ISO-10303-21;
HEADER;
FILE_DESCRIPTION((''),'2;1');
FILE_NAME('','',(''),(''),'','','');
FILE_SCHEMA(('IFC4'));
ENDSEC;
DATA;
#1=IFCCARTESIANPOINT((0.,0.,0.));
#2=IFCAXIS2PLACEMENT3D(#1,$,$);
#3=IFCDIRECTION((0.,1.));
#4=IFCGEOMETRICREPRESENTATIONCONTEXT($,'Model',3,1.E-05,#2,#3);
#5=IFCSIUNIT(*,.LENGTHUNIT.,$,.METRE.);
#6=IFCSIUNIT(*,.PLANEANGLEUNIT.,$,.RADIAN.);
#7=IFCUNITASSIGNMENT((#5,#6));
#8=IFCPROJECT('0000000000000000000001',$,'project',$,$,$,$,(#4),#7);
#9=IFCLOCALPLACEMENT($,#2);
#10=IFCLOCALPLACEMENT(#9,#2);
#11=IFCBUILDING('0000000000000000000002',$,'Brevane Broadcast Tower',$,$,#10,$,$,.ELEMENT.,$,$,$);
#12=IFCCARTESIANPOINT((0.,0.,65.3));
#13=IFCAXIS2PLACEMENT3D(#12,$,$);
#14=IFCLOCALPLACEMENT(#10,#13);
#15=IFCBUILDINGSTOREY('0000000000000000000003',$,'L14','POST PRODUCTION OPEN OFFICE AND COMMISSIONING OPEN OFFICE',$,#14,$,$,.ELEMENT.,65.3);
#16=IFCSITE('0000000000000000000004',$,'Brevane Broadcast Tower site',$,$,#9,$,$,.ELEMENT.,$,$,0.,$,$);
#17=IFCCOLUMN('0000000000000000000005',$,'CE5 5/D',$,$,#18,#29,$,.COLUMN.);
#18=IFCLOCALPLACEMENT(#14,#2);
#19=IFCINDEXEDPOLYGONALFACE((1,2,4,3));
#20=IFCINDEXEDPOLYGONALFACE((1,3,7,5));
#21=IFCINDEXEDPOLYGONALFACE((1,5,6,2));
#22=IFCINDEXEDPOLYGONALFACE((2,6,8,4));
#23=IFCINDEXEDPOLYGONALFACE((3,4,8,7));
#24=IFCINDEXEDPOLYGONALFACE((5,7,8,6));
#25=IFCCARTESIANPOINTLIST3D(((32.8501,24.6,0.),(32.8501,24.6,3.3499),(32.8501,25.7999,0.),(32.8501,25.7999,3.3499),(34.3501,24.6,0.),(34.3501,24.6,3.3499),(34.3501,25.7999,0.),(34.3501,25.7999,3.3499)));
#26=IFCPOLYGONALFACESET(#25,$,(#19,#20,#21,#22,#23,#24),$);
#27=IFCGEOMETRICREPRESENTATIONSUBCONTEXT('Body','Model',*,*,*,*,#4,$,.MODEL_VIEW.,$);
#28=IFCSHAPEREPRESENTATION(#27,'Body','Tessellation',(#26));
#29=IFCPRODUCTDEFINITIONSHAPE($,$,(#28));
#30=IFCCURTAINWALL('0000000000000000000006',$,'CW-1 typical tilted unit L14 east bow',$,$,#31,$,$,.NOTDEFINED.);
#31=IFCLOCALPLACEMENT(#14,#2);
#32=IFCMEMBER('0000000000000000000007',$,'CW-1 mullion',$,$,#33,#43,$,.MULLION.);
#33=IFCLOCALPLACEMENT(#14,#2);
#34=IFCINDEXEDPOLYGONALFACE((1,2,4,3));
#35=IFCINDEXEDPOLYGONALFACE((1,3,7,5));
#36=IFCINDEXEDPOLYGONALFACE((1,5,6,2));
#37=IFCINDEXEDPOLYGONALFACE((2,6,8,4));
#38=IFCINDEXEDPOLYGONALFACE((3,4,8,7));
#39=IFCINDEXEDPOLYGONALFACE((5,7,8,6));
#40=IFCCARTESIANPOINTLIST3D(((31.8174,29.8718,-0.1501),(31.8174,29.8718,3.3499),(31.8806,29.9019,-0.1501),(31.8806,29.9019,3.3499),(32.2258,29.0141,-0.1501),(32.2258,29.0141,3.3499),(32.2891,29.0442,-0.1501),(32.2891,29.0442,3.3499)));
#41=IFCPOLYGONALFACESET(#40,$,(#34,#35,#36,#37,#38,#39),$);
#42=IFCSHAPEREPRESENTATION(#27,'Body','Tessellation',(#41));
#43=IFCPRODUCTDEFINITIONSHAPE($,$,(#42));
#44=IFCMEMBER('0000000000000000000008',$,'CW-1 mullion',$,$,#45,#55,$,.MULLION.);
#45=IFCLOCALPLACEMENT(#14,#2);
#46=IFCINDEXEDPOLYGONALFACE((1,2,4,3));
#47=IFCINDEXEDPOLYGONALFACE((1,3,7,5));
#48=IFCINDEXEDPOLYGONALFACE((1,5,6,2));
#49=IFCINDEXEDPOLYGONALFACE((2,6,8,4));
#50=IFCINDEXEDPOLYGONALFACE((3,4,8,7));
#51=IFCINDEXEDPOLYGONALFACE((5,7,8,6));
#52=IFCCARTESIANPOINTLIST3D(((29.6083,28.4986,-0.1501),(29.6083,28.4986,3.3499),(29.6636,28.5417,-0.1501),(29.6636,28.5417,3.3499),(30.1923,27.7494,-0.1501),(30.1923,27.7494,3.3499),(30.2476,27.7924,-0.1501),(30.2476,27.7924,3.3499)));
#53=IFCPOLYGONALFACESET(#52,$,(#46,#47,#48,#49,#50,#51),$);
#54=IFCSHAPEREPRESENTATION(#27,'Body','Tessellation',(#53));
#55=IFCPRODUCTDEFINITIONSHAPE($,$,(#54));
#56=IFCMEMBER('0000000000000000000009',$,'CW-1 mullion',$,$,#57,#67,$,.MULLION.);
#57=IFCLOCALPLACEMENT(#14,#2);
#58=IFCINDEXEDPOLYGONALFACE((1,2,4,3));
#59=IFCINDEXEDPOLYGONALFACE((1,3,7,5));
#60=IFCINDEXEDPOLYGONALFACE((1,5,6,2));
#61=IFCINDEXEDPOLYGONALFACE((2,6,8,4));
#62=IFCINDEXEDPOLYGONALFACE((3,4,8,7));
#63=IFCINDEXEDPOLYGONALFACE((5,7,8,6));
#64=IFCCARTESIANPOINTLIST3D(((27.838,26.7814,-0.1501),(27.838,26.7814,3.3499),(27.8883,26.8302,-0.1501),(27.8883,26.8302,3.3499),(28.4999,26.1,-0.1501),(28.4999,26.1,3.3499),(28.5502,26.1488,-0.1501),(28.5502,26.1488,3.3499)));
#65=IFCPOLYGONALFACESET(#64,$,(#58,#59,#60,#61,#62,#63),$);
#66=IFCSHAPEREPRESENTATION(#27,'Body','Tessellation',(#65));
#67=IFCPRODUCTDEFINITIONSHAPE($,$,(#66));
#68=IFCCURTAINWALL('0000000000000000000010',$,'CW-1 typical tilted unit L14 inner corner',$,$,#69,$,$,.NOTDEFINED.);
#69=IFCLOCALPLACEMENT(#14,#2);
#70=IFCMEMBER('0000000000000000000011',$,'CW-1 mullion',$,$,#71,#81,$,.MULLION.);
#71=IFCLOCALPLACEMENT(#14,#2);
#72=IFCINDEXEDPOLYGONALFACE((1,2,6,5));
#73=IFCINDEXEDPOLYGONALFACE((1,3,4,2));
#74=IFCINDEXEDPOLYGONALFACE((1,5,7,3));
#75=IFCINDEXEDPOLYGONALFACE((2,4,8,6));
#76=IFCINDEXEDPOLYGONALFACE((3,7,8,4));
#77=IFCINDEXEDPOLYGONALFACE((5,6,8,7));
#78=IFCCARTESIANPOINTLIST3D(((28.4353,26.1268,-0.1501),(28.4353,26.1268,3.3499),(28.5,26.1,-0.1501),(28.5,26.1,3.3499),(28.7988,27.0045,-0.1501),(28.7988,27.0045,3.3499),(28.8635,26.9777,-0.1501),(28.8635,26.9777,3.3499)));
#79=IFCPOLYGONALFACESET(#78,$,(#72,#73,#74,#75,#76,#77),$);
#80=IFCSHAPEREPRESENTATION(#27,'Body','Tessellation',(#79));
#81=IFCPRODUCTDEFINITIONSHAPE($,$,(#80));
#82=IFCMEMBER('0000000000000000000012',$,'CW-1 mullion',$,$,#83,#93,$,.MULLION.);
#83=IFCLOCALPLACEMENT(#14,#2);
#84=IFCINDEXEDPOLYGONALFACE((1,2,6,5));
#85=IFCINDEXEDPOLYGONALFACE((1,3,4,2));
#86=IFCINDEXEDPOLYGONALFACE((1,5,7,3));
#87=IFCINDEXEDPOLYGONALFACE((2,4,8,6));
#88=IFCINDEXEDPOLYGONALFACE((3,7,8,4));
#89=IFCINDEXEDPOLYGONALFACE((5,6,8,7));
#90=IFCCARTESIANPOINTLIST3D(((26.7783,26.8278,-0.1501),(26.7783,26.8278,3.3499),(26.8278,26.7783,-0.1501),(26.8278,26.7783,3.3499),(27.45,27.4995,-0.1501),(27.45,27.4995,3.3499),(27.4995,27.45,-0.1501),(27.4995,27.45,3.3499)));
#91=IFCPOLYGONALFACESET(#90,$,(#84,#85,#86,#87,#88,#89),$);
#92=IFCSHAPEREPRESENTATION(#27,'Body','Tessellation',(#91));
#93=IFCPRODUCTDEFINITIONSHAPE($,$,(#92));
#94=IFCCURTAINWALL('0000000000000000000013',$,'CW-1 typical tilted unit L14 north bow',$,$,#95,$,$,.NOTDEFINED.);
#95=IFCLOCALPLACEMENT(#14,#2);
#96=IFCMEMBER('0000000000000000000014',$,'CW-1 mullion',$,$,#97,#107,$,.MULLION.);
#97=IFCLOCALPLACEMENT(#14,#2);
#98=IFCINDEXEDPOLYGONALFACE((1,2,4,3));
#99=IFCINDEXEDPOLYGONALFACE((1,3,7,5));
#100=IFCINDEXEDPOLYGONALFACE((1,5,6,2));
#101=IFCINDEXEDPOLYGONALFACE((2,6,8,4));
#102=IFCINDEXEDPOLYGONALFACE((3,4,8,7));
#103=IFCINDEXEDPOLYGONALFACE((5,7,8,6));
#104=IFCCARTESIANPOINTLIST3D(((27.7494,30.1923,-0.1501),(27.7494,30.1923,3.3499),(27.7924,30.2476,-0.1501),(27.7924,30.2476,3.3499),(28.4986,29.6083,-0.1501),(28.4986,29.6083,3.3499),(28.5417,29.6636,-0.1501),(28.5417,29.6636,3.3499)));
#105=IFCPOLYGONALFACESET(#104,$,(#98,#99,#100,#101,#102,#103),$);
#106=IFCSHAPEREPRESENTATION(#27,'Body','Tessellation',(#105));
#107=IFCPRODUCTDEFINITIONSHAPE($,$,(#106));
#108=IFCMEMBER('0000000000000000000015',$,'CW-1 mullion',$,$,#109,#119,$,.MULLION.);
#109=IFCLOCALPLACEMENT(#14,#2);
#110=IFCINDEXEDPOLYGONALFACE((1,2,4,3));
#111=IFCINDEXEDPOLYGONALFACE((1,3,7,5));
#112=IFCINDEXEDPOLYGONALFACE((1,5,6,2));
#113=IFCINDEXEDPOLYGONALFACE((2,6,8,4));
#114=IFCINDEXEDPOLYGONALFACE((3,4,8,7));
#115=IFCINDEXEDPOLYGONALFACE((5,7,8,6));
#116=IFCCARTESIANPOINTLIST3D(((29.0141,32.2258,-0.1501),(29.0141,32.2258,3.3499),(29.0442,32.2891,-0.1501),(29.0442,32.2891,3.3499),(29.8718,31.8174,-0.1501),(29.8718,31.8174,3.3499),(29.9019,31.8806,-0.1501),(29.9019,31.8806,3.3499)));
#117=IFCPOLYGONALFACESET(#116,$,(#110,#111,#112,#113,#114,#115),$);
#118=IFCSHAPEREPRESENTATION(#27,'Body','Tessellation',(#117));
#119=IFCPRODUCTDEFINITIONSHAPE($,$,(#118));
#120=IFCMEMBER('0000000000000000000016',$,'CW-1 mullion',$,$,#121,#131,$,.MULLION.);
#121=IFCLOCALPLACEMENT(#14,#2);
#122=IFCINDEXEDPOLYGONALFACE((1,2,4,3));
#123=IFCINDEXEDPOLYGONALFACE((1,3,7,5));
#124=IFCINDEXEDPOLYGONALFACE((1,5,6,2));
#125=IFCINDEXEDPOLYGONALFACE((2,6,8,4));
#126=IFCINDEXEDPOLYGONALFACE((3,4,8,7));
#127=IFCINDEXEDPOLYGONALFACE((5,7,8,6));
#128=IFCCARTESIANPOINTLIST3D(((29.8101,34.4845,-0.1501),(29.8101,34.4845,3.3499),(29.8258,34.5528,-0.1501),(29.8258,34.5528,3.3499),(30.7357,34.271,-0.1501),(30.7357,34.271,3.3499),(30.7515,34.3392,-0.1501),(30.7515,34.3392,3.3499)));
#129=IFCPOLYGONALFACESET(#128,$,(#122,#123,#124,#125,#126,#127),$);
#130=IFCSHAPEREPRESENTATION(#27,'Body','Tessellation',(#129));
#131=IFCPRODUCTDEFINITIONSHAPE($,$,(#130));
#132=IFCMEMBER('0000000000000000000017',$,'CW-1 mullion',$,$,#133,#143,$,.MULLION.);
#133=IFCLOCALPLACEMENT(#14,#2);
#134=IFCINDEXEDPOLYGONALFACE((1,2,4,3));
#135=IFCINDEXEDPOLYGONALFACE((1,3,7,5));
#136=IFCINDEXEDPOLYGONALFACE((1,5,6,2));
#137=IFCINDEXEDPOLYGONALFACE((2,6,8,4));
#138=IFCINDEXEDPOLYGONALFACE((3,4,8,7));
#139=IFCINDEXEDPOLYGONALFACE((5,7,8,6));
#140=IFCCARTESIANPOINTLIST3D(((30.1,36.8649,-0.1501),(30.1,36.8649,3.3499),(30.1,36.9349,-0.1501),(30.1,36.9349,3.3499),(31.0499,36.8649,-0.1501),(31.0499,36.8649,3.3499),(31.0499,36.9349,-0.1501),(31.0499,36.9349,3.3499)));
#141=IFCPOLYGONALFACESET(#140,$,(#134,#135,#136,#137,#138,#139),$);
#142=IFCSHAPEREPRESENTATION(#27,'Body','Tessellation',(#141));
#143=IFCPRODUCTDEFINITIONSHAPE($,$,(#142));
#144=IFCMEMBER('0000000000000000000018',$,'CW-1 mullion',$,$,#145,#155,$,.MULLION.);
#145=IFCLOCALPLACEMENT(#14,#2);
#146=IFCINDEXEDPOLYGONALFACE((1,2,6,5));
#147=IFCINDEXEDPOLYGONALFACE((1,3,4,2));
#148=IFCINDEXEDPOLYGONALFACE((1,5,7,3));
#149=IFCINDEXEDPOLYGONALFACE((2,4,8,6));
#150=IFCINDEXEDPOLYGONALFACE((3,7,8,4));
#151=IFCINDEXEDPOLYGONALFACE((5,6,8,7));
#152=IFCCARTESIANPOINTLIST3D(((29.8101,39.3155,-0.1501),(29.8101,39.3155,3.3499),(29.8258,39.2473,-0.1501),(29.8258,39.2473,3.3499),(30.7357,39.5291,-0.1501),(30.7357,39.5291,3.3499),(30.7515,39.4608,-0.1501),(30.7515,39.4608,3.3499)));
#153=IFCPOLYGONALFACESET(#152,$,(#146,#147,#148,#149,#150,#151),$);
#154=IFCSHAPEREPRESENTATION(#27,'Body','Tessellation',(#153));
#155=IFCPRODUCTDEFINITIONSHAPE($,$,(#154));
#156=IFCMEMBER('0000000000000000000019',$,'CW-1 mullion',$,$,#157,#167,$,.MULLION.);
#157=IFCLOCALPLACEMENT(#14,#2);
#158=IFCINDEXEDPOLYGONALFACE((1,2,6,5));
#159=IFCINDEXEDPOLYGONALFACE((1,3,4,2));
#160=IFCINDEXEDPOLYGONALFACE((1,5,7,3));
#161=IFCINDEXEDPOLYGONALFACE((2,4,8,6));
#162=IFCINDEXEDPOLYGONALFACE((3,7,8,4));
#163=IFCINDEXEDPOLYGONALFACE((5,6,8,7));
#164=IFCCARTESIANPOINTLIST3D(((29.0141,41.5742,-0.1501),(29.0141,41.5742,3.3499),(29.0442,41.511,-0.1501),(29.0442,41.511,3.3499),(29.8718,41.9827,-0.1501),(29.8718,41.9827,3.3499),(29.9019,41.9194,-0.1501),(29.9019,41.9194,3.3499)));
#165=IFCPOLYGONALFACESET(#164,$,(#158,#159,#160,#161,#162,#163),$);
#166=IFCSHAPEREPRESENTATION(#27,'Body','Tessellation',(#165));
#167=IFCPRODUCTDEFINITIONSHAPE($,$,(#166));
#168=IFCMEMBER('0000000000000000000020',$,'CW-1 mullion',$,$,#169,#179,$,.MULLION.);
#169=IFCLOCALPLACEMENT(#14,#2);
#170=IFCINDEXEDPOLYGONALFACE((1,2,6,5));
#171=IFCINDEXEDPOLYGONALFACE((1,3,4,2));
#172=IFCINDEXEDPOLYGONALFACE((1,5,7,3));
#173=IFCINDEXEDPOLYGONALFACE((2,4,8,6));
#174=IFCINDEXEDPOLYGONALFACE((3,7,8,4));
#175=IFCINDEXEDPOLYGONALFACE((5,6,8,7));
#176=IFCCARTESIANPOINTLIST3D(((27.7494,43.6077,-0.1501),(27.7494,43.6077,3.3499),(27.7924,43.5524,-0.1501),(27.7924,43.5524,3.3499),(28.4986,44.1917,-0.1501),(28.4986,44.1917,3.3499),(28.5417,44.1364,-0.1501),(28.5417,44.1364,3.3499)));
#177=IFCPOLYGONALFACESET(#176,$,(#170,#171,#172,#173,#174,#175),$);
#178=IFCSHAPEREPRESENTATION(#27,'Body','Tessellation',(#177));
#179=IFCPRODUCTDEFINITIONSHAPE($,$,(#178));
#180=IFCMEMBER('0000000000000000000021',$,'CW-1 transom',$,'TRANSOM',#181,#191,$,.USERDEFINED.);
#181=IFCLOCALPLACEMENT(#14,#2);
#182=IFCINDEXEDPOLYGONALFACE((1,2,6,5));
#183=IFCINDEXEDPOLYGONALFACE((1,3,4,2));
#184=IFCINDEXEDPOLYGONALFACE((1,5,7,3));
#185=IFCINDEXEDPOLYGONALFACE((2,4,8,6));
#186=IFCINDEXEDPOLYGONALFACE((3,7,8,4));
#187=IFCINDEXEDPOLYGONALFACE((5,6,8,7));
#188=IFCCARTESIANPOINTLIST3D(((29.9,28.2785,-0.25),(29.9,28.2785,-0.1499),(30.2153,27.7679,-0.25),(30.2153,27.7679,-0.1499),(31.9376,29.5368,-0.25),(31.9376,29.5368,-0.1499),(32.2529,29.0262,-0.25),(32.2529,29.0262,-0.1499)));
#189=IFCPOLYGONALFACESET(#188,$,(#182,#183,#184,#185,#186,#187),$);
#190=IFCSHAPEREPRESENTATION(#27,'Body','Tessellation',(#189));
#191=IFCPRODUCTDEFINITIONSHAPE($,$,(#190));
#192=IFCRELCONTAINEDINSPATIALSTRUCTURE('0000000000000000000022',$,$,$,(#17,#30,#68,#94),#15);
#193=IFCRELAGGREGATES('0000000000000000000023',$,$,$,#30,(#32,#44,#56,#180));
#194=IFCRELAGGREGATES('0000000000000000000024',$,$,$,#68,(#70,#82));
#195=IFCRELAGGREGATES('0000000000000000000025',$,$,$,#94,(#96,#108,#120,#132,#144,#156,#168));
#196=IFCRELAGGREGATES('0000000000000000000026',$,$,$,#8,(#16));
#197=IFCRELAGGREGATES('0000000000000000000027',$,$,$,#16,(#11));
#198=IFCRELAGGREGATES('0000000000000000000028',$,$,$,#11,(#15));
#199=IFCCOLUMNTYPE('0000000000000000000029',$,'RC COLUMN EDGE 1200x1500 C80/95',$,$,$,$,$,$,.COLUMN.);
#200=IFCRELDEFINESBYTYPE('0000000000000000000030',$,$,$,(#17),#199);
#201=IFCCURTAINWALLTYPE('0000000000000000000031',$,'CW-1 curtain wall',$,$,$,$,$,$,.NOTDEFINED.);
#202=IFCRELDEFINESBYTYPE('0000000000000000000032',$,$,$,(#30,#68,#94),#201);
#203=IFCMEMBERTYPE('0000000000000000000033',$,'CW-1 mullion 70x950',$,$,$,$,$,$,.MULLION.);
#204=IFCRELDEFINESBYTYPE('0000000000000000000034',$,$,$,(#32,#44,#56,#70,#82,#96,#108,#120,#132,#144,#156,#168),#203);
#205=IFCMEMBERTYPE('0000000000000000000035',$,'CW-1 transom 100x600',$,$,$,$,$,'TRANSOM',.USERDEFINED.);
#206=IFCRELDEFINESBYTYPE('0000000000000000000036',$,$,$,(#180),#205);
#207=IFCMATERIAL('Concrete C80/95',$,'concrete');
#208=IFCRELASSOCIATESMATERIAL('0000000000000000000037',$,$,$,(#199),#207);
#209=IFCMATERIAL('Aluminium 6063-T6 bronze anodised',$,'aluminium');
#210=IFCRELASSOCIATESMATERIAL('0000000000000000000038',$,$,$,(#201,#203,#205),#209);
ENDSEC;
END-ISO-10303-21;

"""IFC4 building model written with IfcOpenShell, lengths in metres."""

from ifc_helpers import new_model, si_unit, direction, frame, origin, origin_2d, place, context, subcontext, project, spatial, rectangle, extrude, material, material_profile, profile_set, type_object, element, aggregate, save


model = new_model("IFC4")

# Units and contexts
model_context = context("Model", 3, precision=1e-05, world=origin(), true_north=direction((0.0, 1.0)))
body_context = subcontext(model_context, "Body", "Model", "MODEL_VIEW")
ifc_project = project(units=[si_unit("LENGTHUNIT", "METRE"), si_unit("PLANEANGLEUNIT", "RADIAN")], contexts=[model_context])

# Site, building, storey
site_placement = place(None, origin())
site = spatial("IfcSite", under=ifc_project, at=site_placement, Name="Brevane Broadcast Tower site", CompositionType="ELEMENT", RefElevation=0.0)
building_placement = place(site_placement, origin())
building = spatial("IfcBuilding", under=site, at=building_placement, Name="Brevane Broadcast Tower", CompositionType="ELEMENT")
storey_placement = place(building_placement, frame((0.0, 0.0, 65.3)))
storey = spatial("IfcBuildingStorey", under=building, at=storey_placement, Name="L14", Description="POST PRODUCTION OPEN OFFICE AND COMMISSIONING OPEN OFFICE", CompositionType="ELEMENT", Elevation=65.3)

# Column
ifc_material_1 = material(Name="Concrete C80/95", Category="concrete")
ifc_material_profile_1 = material_profile(ifc_material_1, rectangle(XDim=1.2, YDim=1.5, at=origin_2d()), Name="RC 1200x1500")
ifc_profile_set_1 = profile_set([ifc_material_profile_1], Name="Concrete C80/95")
column_type = type_object("IfcColumnType", Name="RC COLUMN EDGE 1200x1500 C80/95", PredefinedType="COLUMN", material=ifc_profile_set_1)
column_placement = place(storey_placement, frame((33.6001, 25.2, 0.0), z_axis=(0.0, 0.0, 1.0), x_axis=(0.0, 1.0, 0.0)))
element("IfcColumn", 1, at=column_placement, inside=storey, type_object=column_type, Name="CE5 5/D", PredefinedType="COLUMN", context=body_context, shape_type="SweptSolid", body=[
    extrude(rectangle(XDim=1.2, YDim=1.5, at=origin_2d()), origin(), (0.0, 0.0, 1.0), 3.3499),
])

# Curtain walls, members
ifc_material_2 = material(Name="Aluminium 6063-T6 bronze anodised", Category="aluminium")
curtain_wall_type = type_object("IfcCurtainWallType", Name="CW-1 curtain wall", PredefinedType="NOTDEFINED", material=ifc_material_2)
curtain_wall_1_placement = place(storey_placement, origin())
curtain_wall_1 = element("IfcCurtainWall", 2, at=curtain_wall_1_placement, inside=storey, type_object=curtain_wall_type, Name="CW-1 typical tilted unit L14 east bow", PredefinedType="NOTDEFINED")
ifc_material_profile_2 = material_profile(ifc_material_2, rectangle(XDim=0.95, YDim=0.0701, at=origin_2d()), Name="RECT 70x950")
ifc_profile_set_2 = profile_set([ifc_material_profile_2], Name="Aluminium 6063-T6 bronze anodised")
member_type_1 = type_object("IfcMemberType", Name="CW-1 mullion 70x950", PredefinedType="MULLION", material=ifc_profile_set_2)
member_1_placement = place(storey_placement, frame((32.0532, 29.458, -0.1501), z_axis=(0.0, 0.0, 1.0), x_axis=(0.429934, -0.902861, 0.0)))
member_1 = element("IfcMember", 3, at=member_1_placement, type_object=member_type_1, Name="CW-1 mullion", PredefinedType="MULLION", context=body_context, shape_type="SweptSolid", body=[
    extrude(rectangle(XDim=0.95, YDim=0.0701, at=origin_2d()), origin(), (0.0, 0.0, 1.0), 3.5),
])
member_2_placement = place(storey_placement, frame((29.928, 28.1455, -0.1501), z_axis=(0.0, 0.0, 1.0), x_axis=(0.61477, -0.788707, 0.0)))
member_2 = element("IfcMember", 4, at=member_2_placement, type_object=member_type_1, Name="CW-1 mullion", PredefinedType="MULLION", context=body_context, shape_type="SweptSolid", body=[
    extrude(rectangle(XDim=0.95, YDim=0.0701, at=origin_2d()), origin(), (0.0, 0.0, 1.0), 3.5),
])
member_3_placement = place(storey_placement, frame((28.1941, 26.4651, -0.1501), z_axis=(0.0, 0.0, 1.0), x_axis=(0.696812, -0.717254, 0.0)))
member_3 = element("IfcMember", 5, at=member_3_placement, type_object=member_type_1, Name="CW-1 mullion", PredefinedType="MULLION", context=body_context, shape_type="SweptSolid", body=[
    extrude(rectangle(XDim=0.95, YDim=0.0701, at=origin_2d()), origin(), (0.0, 0.0, 1.0), 3.5),
])
curtain_wall_2_placement = place(storey_placement, origin())
curtain_wall_2 = element("IfcCurtainWall", 6, at=curtain_wall_2_placement, inside=storey, type_object=curtain_wall_type, Name="CW-1 typical tilted unit L14 inner corner", PredefinedType="NOTDEFINED")
member_4_placement = place(storey_placement, frame((28.6494, 26.5522, -0.1501), z_axis=(0.0, 0.0, 1.0), x_axis=(-0.382684, -0.923879, 0.0)))
member_4 = element("IfcMember", 7, at=member_4_placement, type_object=member_type_1, Name="CW-1 mullion", PredefinedType="MULLION", context=body_context, shape_type="SweptSolid", body=[
    extrude(rectangle(XDim=0.95, YDim=0.0701, at=origin_2d()), origin(), (0.0, 0.0, 1.0), 3.5),
])
member_5_placement = place(storey_placement, frame((27.1389, 27.1389, -0.1501), z_axis=(0.0, 0.0, 1.0), x_axis=(-0.707107, -0.707107, 0.0)))
member_5 = element("IfcMember", 8, at=member_5_placement, type_object=member_type_1, Name="CW-1 mullion", PredefinedType="MULLION", context=body_context, shape_type="SweptSolid", body=[
    extrude(rectangle(XDim=0.95, YDim=0.0701, at=origin_2d()), origin(), (0.0, 0.0, 1.0), 3.5),
])
curtain_wall_3_placement = place(storey_placement, origin())
curtain_wall_3 = element("IfcCurtainWall", 9, at=curtain_wall_3_placement, inside=storey, type_object=curtain_wall_type, Name="CW-1 typical tilted unit L14 north bow", PredefinedType="NOTDEFINED")
member_6_placement = place(storey_placement, frame((28.1455, 29.928, -0.1501), z_axis=(0.0, 0.0, 1.0), x_axis=(-0.788707, 0.61477, 0.0)))
member_6 = element("IfcMember", 10, at=member_6_placement, type_object=member_type_1, Name="CW-1 mullion", PredefinedType="MULLION", context=body_context, shape_type="SweptSolid", body=[
    extrude(rectangle(XDim=0.95, YDim=0.0701, at=origin_2d()), origin(), (0.0, 0.0, 1.0), 3.5),
])
member_7_placement = place(storey_placement, frame((29.458, 32.0532, -0.1501), z_axis=(0.0, 0.0, 1.0), x_axis=(-0.902861, 0.429934, 0.0)))
member_7 = element("IfcMember", 11, at=member_7_placement, type_object=member_type_1, Name="CW-1 mullion", PredefinedType="MULLION", context=body_context, shape_type="SweptSolid", body=[
    extrude(rectangle(XDim=0.95, YDim=0.0701, at=origin_2d()), origin(), (0.0, 0.0, 1.0), 3.5),
])
member_8_placement = place(storey_placement, frame((30.2808, 34.4119, -0.1501), z_axis=(0.0, 0.0, 1.0), x_axis=(-0.974403, 0.224806, 0.0)))
member_8 = element("IfcMember", 12, at=member_8_placement, type_object=member_type_1, Name="CW-1 mullion", PredefinedType="MULLION", context=body_context, shape_type="SweptSolid", body=[
    extrude(rectangle(XDim=0.95, YDim=0.0701, at=origin_2d()), origin(), (0.0, 0.0, 1.0), 3.5),
])
member_9_placement = place(storey_placement, frame((30.575, 36.8999, -0.1501), z_axis=(0.0, 0.0, 1.0), x_axis=(-1.0, 0.0, 0.0)))
member_9 = element("IfcMember", 13, at=member_9_placement, type_object=member_type_1, Name="CW-1 mullion", PredefinedType="MULLION", context=body_context, shape_type="SweptSolid", body=[
    extrude(rectangle(XDim=0.95, YDim=0.0701, at=origin_2d()), origin(), (0.0, 0.0, 1.0), 3.5),
])
member_10_placement = place(storey_placement, frame((30.2808, 39.3882, -0.1501), z_axis=(0.0, 0.0, 1.0), x_axis=(-0.974403, -0.224806, 0.0)))
member_10 = element("IfcMember", 14, at=member_10_placement, type_object=member_type_1, Name="CW-1 mullion", PredefinedType="MULLION", context=body_context, shape_type="SweptSolid", body=[
    extrude(rectangle(XDim=0.95, YDim=0.0701, at=origin_2d()), origin(), (0.0, 0.0, 1.0), 3.5),
])
member_11_placement = place(storey_placement, frame((29.458, 41.7468, -0.1501), z_axis=(0.0, 0.0, 1.0), x_axis=(-0.902861, -0.429934, 0.0)))
member_11 = element("IfcMember", 15, at=member_11_placement, type_object=member_type_1, Name="CW-1 mullion", PredefinedType="MULLION", context=body_context, shape_type="SweptSolid", body=[
    extrude(rectangle(XDim=0.95, YDim=0.0701, at=origin_2d()), origin(), (0.0, 0.0, 1.0), 3.5),
])
member_12_placement = place(storey_placement, frame((28.1455, 43.8721, -0.1501), z_axis=(0.0, 0.0, 1.0), x_axis=(-0.788707, -0.61477, 0.0)))
member_12 = element("IfcMember", 16, at=member_12_placement, type_object=member_type_1, Name="CW-1 mullion", PredefinedType="MULLION", context=body_context, shape_type="SweptSolid", body=[
    extrude(rectangle(XDim=0.95, YDim=0.0701, at=origin_2d()), origin(), (0.0, 0.0, 1.0), 3.5),
])

# Member
ifc_material_profile_3 = material_profile(ifc_material_2, rectangle(XDim=0.6001, YDim=0.1001, at=origin_2d()), Name="RECT 100x600")
ifc_profile_set_3 = profile_set([ifc_material_profile_3], Name="Aluminium 6063-T6 bronze anodised")
member_type_2 = type_object("IfcMemberType", Name="CW-1 transom 100x600", ElementType="TRANSOM", PredefinedType="USERDEFINED", material=ifc_profile_set_3)
member_13_placement = place(storey_placement, frame((32.0952, 29.2815, -0.2), z_axis=(-0.850838, -0.525428, 0.0), x_axis=(0.525428, -0.850838, 0.0)))
member_13 = element("IfcMember", 17, at=member_13_placement, type_object=member_type_2, Name="CW-1 transom", ObjectType="TRANSOM", PredefinedType="USERDEFINED", context=body_context, shape_type="SweptSolid", body=[
    extrude(rectangle(XDim=0.6001, YDim=0.1001, at=origin_2d()), origin(), (0.0, 0.0, 1.0), 2.3948),
])
aggregate(curtain_wall_1, [member_1, member_2, member_3, member_13])
aggregate(curtain_wall_2, [member_4, member_5])
aggregate(curtain_wall_3, [member_6, member_7, member_8, member_9, member_10, member_11, member_12])

save(model, "model.ifc")
